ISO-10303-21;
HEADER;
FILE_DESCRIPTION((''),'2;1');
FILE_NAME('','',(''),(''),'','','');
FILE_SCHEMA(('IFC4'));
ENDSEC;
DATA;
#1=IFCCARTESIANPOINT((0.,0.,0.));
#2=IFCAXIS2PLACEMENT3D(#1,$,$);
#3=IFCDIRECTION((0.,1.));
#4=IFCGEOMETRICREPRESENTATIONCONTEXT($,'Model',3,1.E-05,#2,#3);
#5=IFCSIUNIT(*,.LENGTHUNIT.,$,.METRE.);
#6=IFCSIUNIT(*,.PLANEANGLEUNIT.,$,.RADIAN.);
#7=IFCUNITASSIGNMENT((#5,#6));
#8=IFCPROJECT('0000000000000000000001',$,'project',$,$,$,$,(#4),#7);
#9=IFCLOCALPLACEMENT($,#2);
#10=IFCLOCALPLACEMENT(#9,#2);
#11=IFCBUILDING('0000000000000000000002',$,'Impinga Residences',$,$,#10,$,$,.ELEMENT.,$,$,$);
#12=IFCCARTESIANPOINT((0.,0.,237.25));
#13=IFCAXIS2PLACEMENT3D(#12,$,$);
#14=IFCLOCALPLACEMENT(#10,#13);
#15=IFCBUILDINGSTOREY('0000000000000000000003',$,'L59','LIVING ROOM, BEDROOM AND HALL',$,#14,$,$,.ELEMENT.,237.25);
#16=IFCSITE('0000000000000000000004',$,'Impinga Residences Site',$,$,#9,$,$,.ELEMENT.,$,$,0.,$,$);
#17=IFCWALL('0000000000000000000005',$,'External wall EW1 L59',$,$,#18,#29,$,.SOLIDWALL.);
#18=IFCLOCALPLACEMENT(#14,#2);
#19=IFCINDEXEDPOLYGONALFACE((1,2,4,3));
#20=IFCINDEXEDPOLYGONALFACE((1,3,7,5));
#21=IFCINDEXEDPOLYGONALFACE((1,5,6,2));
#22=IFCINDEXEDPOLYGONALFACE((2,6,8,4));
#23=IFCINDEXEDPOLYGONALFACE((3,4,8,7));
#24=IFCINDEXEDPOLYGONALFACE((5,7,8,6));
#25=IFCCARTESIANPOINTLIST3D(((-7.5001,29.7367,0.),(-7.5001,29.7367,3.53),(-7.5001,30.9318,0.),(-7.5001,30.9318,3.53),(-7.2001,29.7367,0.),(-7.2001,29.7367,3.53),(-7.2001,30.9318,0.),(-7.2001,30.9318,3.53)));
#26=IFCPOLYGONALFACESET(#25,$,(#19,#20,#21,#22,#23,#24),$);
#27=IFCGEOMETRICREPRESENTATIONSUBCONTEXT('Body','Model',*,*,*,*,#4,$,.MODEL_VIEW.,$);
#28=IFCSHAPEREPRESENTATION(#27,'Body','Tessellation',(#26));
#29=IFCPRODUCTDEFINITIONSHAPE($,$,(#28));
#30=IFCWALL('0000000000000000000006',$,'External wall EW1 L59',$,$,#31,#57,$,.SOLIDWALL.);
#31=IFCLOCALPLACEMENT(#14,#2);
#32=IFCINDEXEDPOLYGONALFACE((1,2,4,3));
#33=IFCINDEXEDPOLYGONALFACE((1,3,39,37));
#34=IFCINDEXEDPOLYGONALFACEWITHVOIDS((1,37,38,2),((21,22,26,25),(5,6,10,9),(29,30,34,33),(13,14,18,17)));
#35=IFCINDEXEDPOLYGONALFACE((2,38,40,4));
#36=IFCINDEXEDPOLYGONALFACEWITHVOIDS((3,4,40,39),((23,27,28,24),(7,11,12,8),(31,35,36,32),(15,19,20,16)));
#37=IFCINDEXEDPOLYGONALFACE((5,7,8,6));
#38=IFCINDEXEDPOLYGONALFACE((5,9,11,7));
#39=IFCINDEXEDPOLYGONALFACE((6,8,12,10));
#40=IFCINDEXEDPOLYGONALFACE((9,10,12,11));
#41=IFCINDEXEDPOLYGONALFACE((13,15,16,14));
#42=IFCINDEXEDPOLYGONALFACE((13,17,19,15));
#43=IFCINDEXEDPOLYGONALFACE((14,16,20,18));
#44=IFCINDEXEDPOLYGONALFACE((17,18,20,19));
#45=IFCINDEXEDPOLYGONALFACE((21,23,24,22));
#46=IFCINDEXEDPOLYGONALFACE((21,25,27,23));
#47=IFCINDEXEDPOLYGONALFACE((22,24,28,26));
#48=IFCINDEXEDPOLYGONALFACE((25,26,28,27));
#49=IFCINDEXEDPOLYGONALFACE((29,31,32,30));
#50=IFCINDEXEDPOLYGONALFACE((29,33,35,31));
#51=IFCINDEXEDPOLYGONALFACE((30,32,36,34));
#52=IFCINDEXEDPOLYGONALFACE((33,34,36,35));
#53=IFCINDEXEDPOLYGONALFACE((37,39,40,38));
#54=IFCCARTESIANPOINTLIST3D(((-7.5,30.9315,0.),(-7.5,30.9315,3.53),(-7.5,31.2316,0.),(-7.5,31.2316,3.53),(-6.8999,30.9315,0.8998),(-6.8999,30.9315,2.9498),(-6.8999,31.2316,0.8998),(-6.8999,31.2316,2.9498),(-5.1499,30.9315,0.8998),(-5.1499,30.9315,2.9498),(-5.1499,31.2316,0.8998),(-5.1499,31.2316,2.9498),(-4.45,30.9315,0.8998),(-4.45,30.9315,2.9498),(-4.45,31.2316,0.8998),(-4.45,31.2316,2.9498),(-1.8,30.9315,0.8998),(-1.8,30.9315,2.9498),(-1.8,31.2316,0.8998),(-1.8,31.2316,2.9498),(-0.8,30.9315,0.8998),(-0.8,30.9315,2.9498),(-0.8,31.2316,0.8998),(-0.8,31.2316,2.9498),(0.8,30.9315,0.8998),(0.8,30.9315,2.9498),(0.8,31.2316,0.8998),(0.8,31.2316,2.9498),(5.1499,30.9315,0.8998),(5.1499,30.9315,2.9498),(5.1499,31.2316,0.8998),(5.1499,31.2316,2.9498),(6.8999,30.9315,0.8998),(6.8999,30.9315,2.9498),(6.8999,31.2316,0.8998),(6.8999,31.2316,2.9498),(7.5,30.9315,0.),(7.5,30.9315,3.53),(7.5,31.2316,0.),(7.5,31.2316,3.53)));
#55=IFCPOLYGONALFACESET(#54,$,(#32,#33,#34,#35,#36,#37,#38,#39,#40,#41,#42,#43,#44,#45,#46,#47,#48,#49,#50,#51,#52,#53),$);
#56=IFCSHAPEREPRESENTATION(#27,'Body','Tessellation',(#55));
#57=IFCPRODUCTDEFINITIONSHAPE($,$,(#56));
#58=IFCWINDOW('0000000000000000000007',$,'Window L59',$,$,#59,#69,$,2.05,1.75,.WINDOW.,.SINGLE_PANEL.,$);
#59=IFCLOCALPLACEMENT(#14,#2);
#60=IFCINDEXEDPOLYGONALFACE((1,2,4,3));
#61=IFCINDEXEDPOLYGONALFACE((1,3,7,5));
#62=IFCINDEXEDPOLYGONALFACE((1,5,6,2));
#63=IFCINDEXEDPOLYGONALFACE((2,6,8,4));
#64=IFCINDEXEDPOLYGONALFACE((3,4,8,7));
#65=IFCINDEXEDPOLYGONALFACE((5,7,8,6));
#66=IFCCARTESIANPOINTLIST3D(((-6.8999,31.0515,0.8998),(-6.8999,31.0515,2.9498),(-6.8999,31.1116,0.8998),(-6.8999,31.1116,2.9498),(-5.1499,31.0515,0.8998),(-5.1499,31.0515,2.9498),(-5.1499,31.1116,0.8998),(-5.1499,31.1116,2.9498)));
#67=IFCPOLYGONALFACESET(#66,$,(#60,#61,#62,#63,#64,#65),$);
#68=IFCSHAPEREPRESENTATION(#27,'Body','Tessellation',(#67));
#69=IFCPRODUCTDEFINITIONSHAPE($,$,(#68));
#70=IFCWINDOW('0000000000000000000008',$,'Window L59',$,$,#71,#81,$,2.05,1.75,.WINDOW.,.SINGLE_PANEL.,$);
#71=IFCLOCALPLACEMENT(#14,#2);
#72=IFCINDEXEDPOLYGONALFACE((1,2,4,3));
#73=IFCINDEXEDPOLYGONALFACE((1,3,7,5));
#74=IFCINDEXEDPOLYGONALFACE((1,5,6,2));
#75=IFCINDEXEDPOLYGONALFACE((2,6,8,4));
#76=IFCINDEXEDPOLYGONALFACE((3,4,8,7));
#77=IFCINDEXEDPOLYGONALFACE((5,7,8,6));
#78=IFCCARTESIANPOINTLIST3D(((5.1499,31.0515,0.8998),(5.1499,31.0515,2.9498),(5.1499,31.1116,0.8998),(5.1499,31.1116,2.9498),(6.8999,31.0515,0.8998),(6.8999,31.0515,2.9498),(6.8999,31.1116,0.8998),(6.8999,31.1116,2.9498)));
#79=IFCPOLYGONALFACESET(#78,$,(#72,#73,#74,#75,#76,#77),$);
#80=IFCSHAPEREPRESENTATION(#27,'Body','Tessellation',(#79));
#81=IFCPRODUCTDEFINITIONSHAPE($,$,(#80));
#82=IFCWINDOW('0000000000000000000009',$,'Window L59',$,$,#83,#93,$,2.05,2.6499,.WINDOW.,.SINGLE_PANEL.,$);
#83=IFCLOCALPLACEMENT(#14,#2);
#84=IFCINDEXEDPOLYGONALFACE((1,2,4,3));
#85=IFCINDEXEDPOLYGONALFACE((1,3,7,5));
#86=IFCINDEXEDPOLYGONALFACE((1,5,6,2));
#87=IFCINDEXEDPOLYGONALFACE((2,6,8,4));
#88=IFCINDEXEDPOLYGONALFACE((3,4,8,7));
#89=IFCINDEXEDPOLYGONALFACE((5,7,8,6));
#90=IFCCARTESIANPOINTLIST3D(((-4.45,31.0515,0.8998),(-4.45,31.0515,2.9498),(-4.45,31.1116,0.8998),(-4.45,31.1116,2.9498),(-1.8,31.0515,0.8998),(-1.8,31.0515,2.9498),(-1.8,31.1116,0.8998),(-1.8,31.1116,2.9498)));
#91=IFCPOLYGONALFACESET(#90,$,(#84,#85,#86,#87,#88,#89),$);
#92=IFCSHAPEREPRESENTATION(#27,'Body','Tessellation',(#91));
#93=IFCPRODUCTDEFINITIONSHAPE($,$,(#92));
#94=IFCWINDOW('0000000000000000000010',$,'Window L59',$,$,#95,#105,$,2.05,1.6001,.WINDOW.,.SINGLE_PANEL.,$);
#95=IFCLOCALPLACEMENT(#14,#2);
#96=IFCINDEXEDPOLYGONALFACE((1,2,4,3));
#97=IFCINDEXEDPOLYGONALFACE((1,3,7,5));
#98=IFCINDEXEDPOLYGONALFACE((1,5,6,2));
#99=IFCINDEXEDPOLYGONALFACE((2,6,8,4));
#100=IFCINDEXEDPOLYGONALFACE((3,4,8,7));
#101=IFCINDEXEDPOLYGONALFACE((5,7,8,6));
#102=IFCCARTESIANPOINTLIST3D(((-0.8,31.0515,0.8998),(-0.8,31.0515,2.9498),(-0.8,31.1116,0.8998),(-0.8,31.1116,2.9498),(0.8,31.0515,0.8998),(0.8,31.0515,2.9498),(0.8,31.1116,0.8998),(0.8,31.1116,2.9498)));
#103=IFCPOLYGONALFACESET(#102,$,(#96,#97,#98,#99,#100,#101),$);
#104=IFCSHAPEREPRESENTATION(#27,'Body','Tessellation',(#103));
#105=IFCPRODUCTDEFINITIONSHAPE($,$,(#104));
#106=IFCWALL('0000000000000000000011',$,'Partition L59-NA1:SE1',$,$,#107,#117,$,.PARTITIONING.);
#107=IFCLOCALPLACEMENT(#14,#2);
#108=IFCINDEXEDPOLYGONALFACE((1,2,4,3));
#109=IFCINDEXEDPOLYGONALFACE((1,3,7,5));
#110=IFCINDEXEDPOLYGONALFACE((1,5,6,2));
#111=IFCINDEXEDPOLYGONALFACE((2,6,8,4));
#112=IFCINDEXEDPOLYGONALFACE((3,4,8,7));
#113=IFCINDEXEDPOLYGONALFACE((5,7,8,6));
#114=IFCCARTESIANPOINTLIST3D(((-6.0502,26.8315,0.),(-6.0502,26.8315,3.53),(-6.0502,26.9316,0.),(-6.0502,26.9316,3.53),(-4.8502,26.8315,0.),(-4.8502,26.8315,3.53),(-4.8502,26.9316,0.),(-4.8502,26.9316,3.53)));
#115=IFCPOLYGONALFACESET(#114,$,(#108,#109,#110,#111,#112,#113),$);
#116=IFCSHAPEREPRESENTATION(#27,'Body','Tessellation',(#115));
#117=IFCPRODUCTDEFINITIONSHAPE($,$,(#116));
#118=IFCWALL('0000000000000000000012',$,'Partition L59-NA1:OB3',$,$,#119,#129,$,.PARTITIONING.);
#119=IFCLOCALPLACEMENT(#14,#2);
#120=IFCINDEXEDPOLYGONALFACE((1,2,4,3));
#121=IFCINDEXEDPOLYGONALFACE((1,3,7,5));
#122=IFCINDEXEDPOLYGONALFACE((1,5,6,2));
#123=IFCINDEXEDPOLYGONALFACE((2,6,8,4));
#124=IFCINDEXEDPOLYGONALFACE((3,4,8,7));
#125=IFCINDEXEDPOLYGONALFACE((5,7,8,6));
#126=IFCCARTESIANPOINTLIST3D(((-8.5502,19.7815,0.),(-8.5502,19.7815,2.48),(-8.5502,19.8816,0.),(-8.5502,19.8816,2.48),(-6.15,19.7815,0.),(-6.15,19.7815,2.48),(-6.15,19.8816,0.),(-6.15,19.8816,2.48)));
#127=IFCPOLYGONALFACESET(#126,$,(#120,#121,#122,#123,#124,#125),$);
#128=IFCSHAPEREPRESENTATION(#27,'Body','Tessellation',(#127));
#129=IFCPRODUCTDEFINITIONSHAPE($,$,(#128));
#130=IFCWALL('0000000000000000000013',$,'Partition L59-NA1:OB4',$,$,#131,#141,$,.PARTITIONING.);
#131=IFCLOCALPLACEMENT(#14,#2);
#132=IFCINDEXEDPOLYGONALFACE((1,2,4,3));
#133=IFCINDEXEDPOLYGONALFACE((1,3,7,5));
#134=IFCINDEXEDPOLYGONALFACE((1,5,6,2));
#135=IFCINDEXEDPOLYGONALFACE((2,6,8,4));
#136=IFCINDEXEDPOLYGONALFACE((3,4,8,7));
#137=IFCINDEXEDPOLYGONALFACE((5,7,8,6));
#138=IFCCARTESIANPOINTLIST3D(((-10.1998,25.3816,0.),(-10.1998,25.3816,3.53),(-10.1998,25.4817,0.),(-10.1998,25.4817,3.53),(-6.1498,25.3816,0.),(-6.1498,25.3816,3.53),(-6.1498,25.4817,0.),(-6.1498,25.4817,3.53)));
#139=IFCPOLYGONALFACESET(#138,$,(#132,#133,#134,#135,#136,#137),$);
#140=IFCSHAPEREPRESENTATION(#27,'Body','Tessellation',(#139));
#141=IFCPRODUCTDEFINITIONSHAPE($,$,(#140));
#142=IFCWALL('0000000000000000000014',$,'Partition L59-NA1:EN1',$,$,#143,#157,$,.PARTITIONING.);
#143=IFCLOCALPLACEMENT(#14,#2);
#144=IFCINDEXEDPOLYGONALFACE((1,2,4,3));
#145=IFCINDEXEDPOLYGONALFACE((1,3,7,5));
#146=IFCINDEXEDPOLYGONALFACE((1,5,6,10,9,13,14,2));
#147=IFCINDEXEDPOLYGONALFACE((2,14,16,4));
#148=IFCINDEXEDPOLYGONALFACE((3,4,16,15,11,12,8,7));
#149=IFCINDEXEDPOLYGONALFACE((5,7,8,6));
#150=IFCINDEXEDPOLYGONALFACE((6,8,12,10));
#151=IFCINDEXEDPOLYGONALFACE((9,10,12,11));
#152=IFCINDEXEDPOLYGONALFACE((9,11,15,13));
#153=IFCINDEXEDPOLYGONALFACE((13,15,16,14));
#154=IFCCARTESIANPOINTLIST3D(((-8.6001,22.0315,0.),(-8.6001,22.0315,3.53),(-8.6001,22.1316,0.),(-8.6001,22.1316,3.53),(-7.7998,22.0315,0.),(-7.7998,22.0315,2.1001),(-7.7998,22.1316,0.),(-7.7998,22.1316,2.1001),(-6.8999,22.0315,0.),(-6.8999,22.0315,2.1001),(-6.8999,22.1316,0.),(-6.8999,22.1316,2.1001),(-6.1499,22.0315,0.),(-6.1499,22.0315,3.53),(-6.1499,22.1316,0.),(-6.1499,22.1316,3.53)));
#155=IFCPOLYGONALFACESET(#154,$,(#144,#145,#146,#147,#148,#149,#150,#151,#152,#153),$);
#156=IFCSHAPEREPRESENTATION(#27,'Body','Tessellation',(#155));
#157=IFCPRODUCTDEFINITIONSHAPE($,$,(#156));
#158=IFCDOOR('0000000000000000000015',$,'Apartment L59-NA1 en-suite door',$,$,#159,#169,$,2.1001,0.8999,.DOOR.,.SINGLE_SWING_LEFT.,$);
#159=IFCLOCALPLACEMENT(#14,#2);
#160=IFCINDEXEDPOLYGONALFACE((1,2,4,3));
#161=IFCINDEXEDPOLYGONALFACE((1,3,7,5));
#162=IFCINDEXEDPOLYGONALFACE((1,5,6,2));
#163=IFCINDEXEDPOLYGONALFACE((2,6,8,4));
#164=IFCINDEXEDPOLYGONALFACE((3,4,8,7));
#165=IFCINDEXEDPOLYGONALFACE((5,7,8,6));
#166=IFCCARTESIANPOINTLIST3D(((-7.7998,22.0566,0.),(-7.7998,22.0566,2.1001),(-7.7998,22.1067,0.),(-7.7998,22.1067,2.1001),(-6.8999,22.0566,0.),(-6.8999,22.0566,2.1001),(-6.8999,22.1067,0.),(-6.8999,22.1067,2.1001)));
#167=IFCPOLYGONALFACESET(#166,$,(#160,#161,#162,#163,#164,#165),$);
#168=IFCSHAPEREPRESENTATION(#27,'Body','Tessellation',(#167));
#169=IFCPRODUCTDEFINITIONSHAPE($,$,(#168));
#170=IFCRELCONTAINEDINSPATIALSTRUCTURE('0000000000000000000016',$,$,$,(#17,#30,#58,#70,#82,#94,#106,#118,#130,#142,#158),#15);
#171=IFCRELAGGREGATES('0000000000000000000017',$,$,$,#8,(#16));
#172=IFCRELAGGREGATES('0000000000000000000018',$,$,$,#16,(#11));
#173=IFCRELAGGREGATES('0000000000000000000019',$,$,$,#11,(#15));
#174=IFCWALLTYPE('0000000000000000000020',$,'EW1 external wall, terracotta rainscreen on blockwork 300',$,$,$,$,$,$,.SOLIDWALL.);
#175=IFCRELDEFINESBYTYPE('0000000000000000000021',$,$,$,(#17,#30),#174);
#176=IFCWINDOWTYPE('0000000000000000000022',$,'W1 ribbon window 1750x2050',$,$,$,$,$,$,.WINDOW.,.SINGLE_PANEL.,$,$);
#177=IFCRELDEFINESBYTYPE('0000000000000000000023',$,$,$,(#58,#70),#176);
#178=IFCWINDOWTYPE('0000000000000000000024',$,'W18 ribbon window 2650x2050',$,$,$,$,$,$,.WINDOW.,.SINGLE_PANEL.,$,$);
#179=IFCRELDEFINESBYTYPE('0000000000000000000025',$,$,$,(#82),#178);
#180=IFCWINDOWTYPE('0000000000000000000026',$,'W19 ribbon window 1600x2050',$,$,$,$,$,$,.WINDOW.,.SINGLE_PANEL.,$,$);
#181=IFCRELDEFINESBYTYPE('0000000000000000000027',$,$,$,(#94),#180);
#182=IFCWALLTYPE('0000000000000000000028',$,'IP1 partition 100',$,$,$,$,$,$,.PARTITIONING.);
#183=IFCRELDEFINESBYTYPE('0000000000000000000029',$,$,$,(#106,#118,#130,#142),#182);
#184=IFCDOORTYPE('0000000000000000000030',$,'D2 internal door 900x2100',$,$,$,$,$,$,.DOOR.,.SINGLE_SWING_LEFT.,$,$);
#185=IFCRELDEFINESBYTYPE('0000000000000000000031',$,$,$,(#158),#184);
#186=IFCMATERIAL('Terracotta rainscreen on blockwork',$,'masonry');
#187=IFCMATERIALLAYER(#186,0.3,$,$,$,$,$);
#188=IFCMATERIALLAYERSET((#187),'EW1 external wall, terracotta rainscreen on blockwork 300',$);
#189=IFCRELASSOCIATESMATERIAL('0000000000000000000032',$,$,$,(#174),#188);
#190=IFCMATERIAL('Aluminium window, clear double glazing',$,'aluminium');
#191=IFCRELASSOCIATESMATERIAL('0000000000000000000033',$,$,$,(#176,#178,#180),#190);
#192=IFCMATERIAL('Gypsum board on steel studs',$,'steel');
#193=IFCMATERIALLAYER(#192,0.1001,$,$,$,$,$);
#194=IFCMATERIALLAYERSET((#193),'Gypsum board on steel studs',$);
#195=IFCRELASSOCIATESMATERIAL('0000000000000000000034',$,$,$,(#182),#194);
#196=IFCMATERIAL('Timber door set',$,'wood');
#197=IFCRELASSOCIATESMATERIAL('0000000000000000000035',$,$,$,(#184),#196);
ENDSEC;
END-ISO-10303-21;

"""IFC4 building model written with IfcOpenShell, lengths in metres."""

from ifc_helpers import new_model, si_unit, direction, frame, frame_2d, origin, place, context, subcontext, project, spatial, rectangle, extrude, material, layer, layer_set, type_object, element, fill, save


model = new_model("IFC4")

# Units and contexts
model_context = context("Model", 3, precision=1e-05, world=origin(), true_north=direction((0.0, 1.0)))
body_context = subcontext(model_context, "Body", "Model", "MODEL_VIEW")
ifc_project = project(units=[si_unit("LENGTHUNIT", "METRE"), si_unit("PLANEANGLEUNIT", "RADIAN")], contexts=[model_context])

# Site, building, storey
site_placement = place(None, origin())
site = spatial("IfcSite", under=ifc_project, at=site_placement, Name="Impinga Residences Site", CompositionType="ELEMENT", RefElevation=0.0)
building_placement = place(site_placement, origin())
building = spatial("IfcBuilding", under=site, at=building_placement, Name="Impinga Residences", CompositionType="ELEMENT")
storey_placement = place(building_placement, frame((0.0, 0.0, 237.25)))
storey = spatial("IfcBuildingStorey", under=building, at=storey_placement, Name="L59", Description="LIVING ROOM, BEDROOM AND HALL", CompositionType="ELEMENT", Elevation=237.25)

# Shared definitions
ifc_material_1 = material(Name="Timber door set", Category="wood")

# Wall
ifc_material_2 = material(Name="Terracotta rainscreen on blockwork", Category="masonry")
ifc_layer_1 = layer(ifc_material_2, 0.3)
ifc_layer_set_1 = layer_set([ifc_layer_1], Name="EW1 external wall, terracotta rainscreen on blockwork 300")
wall_type_1 = type_object("IfcWallType", Name="EW1 external wall, terracotta rainscreen on blockwork 300", PredefinedType="SOLIDWALL", material=ifc_layer_set_1)
wall_1_placement = place(storey_placement, frame((-7.3501, 29.7366, 0.0), z_axis=(0.0, 0.0, 1.0), x_axis=(0.0, 1.0, 0.0)))
element("IfcWall", 1, at=wall_1_placement, inside=storey, type_object=wall_type_1, Name="External wall EW1 L59", PredefinedType="SOLIDWALL", context=body_context, shape_type="SweptSolid", body=[
    extrude(rectangle(XDim=1.1951, YDim=0.3, at=frame_2d((0.5977, 0.0))), origin(), (0.0, 0.0, 1.0), 3.53),
])

# Wall, openings, windows
wall_2_placement = place(storey_placement, frame((-7.5, 31.0815, 0.0), z_axis=(0.0, 0.0, 1.0), x_axis=(1.0, 0.0, 0.0)))
wall_2 = element("IfcWall", 2, at=wall_2_placement, inside=storey, type_object=wall_type_1, Name="External wall EW1 L59", PredefinedType="SOLIDWALL", context=body_context, shape_type="SweptSolid", body=[
    extrude(rectangle(XDim=15.0, YDim=0.3, at=frame_2d((7.5, 0.0))), origin(), (0.0, 0.0, 1.0), 3.53),
])
opening_1_placement = place(wall_2_placement, frame((0.6001, 0.0, 0.8999)))
opening_1 = element("IfcOpeningElement", 3, at=opening_1_placement, cuts=wall_2, PredefinedType="OPENING", context=body_context, shape_type="SweptSolid", body=[
    extrude(rectangle(XDim=1.75, YDim=2.05, at=frame_2d((0.875, 1.0249))), frame((0.0, 0.1599, 0.0), z_axis=(0.0, -1.0, 0.0), x_axis=(1.0, 0.0, 0.0)), (0.0, 0.0, 1.0), 0.3201),
])
opening_2_placement = place(wall_2_placement, frame((3.05, 0.0, 0.8999)))
opening_2 = element("IfcOpeningElement", 4, at=opening_2_placement, cuts=wall_2, PredefinedType="OPENING", context=body_context, shape_type="SweptSolid", body=[
    extrude(rectangle(XDim=2.6499, YDim=2.05, at=frame_2d((1.325, 1.0249))), frame((0.0, 0.1599, 0.0), z_axis=(0.0, -1.0, 0.0), x_axis=(1.0, 0.0, 0.0)), (0.0, 0.0, 1.0), 0.3201),
])
opening_3_placement = place(wall_2_placement, frame((6.7, 0.0, 0.8999)))
opening_3 = element("IfcOpeningElement", 5, at=opening_3_placement, cuts=wall_2, PredefinedType="OPENING", context=body_context, shape_type="SweptSolid", body=[
    extrude(rectangle(XDim=1.6001, YDim=2.05, at=frame_2d((0.8, 1.0249))), frame((0.0, 0.1599, 0.0), z_axis=(0.0, -1.0, 0.0), x_axis=(1.0, 0.0, 0.0)), (0.0, 0.0, 1.0), 0.3201),
])
opening_4_placement = place(wall_2_placement, frame((12.6499, 0.0, 0.8999)))
opening_4 = element("IfcOpeningElement", 6, at=opening_4_placement, cuts=wall_2, PredefinedType="OPENING", context=body_context, shape_type="SweptSolid", body=[
    extrude(rectangle(XDim=1.75, YDim=2.05, at=frame_2d((0.875, 1.0249))), frame((0.0, 0.1599, 0.0), z_axis=(0.0, -1.0, 0.0), x_axis=(1.0, 0.0, 0.0)), (0.0, 0.0, 1.0), 0.3201),
])
ifc_material_3 = material(Name="Aluminium window, clear double glazing", Category="aluminium")
window_type_1 = type_object("IfcWindowType", Name="W1 ribbon window 1750x2050", PartitioningType="SINGLE_PANEL", PredefinedType="WINDOW", material=ifc_material_3)
window_1_placement = place(opening_1_placement, origin())
window_1 = element("IfcWindow", 7, at=window_1_placement, inside=storey, type_object=window_type_1, Name="Window L59", OverallHeight=2.05, OverallWidth=1.75, PartitioningType="SINGLE_PANEL", PredefinedType="WINDOW", context=body_context, shape_type="SweptSolid", body=[
    extrude(rectangle(XDim=1.75, YDim=2.05, at=frame_2d((0.875, 1.0249))), frame((0.0, 0.03, 0.0), z_axis=(0.0, -1.0, 0.0), x_axis=(1.0, 0.0, 0.0)), (0.0, 0.0, 1.0), 0.0601),
])
fill(opening_1, window_1)
window_2_placement = place(opening_4_placement, origin())
window_2 = element("IfcWindow", 8, at=window_2_placement, inside=storey, type_object=window_type_1, Name="Window L59", OverallHeight=2.05, OverallWidth=1.75, PartitioningType="SINGLE_PANEL", PredefinedType="WINDOW", context=body_context, shape_type="SweptSolid", body=[
    extrude(rectangle(XDim=1.75, YDim=2.05, at=frame_2d((0.875, 1.0249))), frame((0.0, 0.03, 0.0), z_axis=(0.0, -1.0, 0.0), x_axis=(1.0, 0.0, 0.0)), (0.0, 0.0, 1.0), 0.0601),
])
fill(opening_4, window_2)
window_type_2 = type_object("IfcWindowType", Name="W18 ribbon window 2650x2050", PartitioningType="SINGLE_PANEL", PredefinedType="WINDOW", material=ifc_material_3)
window_3_placement = place(opening_2_placement, origin())
window_3 = element("IfcWindow", 9, at=window_3_placement, inside=storey, type_object=window_type_2, Name="Window L59", OverallHeight=2.05, OverallWidth=2.6499, PartitioningType="SINGLE_PANEL", PredefinedType="WINDOW", context=body_context, shape_type="SweptSolid", body=[
    extrude(rectangle(XDim=2.6499, YDim=2.05, at=frame_2d((1.325, 1.0249))), frame((0.0, 0.03, 0.0), z_axis=(0.0, -1.0, 0.0), x_axis=(1.0, 0.0, 0.0)), (0.0, 0.0, 1.0), 0.0601),
])
fill(opening_2, window_3)
window_type_3 = type_object("IfcWindowType", Name="W19 ribbon window 1600x2050", PartitioningType="SINGLE_PANEL", PredefinedType="WINDOW", material=ifc_material_3)
window_4_placement = place(opening_3_placement, origin())
window_4 = element("IfcWindow", 10, at=window_4_placement, inside=storey, type_object=window_type_3, Name="Window L59", OverallHeight=2.05, OverallWidth=1.6001, PartitioningType="SINGLE_PANEL", PredefinedType="WINDOW", context=body_context, shape_type="SweptSolid", body=[
    extrude(rectangle(XDim=1.6001, YDim=2.05, at=frame_2d((0.8, 1.0249))), frame((0.0, 0.03, 0.0), z_axis=(0.0, -1.0, 0.0), x_axis=(1.0, 0.0, 0.0)), (0.0, 0.0, 1.0), 0.0601),
])
fill(opening_3, window_4)

# Walls
ifc_material_4 = material(Name="Gypsum board on steel studs", Category="steel")
ifc_layer_2 = layer(ifc_material_4, 0.1001)
ifc_layer_set_2 = layer_set([ifc_layer_2], Name="Gypsum board on steel studs")
wall_type_2 = type_object("IfcWallType", Name="IP1 partition 100", PredefinedType="PARTITIONING", material=ifc_layer_set_2)
wall_3_placement = place(storey_placement, frame((-4.8501, 26.8816, 0.0), z_axis=(0.0, 0.0, 1.0), x_axis=(-1.0, 0.0, 0.0)))
element("IfcWall", 11, at=wall_3_placement, inside=storey, type_object=wall_type_2, Name="Partition L59-NA1:SE1", PredefinedType="PARTITIONING", context=body_context, shape_type="SweptSolid", body=[
    extrude(rectangle(XDim=1.2, YDim=0.1001, at=frame_2d((0.6001, 0.0))), origin(), (0.0, 0.0, 1.0), 3.53),
])
wall_4_placement = place(storey_placement, frame((-6.1499, 19.8315, 0.0), z_axis=(0.0, 0.0, 1.0), x_axis=(-1.0, 0.0, 0.0)))
element("IfcWall", 12, at=wall_4_placement, inside=storey, type_object=wall_type_2, Name="Partition L59-NA1:OB3", PredefinedType="PARTITIONING", context=body_context, shape_type="SweptSolid", body=[
    extrude(rectangle(XDim=2.4001, YDim=0.1001, at=frame_2d((1.2002, 0.0))), origin(), (0.0, 0.0, 1.0), 2.48),
])
wall_5_placement = place(storey_placement, frame((-6.1499, 25.4316, 0.0), z_axis=(0.0, 0.0, 1.0), x_axis=(-1.0, 0.0, 0.0)))
element("IfcWall", 13, at=wall_5_placement, inside=storey, type_object=wall_type_2, Name="Partition L59-NA1:OB4", PredefinedType="PARTITIONING", context=body_context, shape_type="SweptSolid", body=[
    extrude(rectangle(XDim=4.05, YDim=0.1001, at=frame_2d((2.0249, 0.0))), origin(), (0.0, 0.0, 1.0), 3.53),
])

# Wall, opening, door
wall_6_placement = place(storey_placement, frame((-6.1499, 22.0815, 0.0), z_axis=(0.0, 0.0, 1.0), x_axis=(-1.0, 0.0, 0.0)))
wall_6 = element("IfcWall", 14, at=wall_6_placement, inside=storey, type_object=wall_type_2, Name="Partition L59-NA1:EN1", PredefinedType="PARTITIONING", context=body_context, shape_type="SweptSolid", body=[
    extrude(rectangle(XDim=2.4502, YDim=0.1001, at=frame_2d((1.2251, 0.0))), origin(), (0.0, 0.0, 1.0), 3.53),
])
opening_5_placement = place(wall_6_placement, frame((0.75, 0.0, 0.0)))
opening_5 = element("IfcOpeningElement", 15, at=opening_5_placement, cuts=wall_6, PredefinedType="OPENING", context=body_context, shape_type="SweptSolid", body=[
    extrude(rectangle(XDim=0.8999, YDim=2.1001, at=frame_2d((0.45, 1.05))), frame((0.0, 0.0601, 0.0), z_axis=(0.0, -1.0, 0.0), x_axis=(1.0, 0.0, 0.0)), (0.0, 0.0, 1.0), 0.1201),
])
door_type_1 = type_object("IfcDoorType", Name="D2 internal door 900x2100", OperationType="SINGLE_SWING_LEFT", PredefinedType="DOOR", material=ifc_material_1)
door_1_placement = place(opening_5_placement, origin())
door_1 = element("IfcDoor", 16, at=door_1_placement, inside=storey, type_object=door_type_1, Name="Apartment L59-NA1 en-suite door", OperationType="SINGLE_SWING_LEFT", OverallHeight=2.1001, OverallWidth=0.8999, PredefinedType="DOOR", context=body_context, shape_type="SweptSolid", body=[
    extrude(rectangle(XDim=0.8999, YDim=2.1001, at=frame_2d((0.45, 1.05))), frame((0.0, 0.0249, 0.0), z_axis=(0.0, -1.0, 0.0), x_axis=(1.0, 0.0, 0.0)), (0.0, 0.0, 1.0), 0.05),
])
fill(opening_5, door_1)

save(model, "model.ifc")
